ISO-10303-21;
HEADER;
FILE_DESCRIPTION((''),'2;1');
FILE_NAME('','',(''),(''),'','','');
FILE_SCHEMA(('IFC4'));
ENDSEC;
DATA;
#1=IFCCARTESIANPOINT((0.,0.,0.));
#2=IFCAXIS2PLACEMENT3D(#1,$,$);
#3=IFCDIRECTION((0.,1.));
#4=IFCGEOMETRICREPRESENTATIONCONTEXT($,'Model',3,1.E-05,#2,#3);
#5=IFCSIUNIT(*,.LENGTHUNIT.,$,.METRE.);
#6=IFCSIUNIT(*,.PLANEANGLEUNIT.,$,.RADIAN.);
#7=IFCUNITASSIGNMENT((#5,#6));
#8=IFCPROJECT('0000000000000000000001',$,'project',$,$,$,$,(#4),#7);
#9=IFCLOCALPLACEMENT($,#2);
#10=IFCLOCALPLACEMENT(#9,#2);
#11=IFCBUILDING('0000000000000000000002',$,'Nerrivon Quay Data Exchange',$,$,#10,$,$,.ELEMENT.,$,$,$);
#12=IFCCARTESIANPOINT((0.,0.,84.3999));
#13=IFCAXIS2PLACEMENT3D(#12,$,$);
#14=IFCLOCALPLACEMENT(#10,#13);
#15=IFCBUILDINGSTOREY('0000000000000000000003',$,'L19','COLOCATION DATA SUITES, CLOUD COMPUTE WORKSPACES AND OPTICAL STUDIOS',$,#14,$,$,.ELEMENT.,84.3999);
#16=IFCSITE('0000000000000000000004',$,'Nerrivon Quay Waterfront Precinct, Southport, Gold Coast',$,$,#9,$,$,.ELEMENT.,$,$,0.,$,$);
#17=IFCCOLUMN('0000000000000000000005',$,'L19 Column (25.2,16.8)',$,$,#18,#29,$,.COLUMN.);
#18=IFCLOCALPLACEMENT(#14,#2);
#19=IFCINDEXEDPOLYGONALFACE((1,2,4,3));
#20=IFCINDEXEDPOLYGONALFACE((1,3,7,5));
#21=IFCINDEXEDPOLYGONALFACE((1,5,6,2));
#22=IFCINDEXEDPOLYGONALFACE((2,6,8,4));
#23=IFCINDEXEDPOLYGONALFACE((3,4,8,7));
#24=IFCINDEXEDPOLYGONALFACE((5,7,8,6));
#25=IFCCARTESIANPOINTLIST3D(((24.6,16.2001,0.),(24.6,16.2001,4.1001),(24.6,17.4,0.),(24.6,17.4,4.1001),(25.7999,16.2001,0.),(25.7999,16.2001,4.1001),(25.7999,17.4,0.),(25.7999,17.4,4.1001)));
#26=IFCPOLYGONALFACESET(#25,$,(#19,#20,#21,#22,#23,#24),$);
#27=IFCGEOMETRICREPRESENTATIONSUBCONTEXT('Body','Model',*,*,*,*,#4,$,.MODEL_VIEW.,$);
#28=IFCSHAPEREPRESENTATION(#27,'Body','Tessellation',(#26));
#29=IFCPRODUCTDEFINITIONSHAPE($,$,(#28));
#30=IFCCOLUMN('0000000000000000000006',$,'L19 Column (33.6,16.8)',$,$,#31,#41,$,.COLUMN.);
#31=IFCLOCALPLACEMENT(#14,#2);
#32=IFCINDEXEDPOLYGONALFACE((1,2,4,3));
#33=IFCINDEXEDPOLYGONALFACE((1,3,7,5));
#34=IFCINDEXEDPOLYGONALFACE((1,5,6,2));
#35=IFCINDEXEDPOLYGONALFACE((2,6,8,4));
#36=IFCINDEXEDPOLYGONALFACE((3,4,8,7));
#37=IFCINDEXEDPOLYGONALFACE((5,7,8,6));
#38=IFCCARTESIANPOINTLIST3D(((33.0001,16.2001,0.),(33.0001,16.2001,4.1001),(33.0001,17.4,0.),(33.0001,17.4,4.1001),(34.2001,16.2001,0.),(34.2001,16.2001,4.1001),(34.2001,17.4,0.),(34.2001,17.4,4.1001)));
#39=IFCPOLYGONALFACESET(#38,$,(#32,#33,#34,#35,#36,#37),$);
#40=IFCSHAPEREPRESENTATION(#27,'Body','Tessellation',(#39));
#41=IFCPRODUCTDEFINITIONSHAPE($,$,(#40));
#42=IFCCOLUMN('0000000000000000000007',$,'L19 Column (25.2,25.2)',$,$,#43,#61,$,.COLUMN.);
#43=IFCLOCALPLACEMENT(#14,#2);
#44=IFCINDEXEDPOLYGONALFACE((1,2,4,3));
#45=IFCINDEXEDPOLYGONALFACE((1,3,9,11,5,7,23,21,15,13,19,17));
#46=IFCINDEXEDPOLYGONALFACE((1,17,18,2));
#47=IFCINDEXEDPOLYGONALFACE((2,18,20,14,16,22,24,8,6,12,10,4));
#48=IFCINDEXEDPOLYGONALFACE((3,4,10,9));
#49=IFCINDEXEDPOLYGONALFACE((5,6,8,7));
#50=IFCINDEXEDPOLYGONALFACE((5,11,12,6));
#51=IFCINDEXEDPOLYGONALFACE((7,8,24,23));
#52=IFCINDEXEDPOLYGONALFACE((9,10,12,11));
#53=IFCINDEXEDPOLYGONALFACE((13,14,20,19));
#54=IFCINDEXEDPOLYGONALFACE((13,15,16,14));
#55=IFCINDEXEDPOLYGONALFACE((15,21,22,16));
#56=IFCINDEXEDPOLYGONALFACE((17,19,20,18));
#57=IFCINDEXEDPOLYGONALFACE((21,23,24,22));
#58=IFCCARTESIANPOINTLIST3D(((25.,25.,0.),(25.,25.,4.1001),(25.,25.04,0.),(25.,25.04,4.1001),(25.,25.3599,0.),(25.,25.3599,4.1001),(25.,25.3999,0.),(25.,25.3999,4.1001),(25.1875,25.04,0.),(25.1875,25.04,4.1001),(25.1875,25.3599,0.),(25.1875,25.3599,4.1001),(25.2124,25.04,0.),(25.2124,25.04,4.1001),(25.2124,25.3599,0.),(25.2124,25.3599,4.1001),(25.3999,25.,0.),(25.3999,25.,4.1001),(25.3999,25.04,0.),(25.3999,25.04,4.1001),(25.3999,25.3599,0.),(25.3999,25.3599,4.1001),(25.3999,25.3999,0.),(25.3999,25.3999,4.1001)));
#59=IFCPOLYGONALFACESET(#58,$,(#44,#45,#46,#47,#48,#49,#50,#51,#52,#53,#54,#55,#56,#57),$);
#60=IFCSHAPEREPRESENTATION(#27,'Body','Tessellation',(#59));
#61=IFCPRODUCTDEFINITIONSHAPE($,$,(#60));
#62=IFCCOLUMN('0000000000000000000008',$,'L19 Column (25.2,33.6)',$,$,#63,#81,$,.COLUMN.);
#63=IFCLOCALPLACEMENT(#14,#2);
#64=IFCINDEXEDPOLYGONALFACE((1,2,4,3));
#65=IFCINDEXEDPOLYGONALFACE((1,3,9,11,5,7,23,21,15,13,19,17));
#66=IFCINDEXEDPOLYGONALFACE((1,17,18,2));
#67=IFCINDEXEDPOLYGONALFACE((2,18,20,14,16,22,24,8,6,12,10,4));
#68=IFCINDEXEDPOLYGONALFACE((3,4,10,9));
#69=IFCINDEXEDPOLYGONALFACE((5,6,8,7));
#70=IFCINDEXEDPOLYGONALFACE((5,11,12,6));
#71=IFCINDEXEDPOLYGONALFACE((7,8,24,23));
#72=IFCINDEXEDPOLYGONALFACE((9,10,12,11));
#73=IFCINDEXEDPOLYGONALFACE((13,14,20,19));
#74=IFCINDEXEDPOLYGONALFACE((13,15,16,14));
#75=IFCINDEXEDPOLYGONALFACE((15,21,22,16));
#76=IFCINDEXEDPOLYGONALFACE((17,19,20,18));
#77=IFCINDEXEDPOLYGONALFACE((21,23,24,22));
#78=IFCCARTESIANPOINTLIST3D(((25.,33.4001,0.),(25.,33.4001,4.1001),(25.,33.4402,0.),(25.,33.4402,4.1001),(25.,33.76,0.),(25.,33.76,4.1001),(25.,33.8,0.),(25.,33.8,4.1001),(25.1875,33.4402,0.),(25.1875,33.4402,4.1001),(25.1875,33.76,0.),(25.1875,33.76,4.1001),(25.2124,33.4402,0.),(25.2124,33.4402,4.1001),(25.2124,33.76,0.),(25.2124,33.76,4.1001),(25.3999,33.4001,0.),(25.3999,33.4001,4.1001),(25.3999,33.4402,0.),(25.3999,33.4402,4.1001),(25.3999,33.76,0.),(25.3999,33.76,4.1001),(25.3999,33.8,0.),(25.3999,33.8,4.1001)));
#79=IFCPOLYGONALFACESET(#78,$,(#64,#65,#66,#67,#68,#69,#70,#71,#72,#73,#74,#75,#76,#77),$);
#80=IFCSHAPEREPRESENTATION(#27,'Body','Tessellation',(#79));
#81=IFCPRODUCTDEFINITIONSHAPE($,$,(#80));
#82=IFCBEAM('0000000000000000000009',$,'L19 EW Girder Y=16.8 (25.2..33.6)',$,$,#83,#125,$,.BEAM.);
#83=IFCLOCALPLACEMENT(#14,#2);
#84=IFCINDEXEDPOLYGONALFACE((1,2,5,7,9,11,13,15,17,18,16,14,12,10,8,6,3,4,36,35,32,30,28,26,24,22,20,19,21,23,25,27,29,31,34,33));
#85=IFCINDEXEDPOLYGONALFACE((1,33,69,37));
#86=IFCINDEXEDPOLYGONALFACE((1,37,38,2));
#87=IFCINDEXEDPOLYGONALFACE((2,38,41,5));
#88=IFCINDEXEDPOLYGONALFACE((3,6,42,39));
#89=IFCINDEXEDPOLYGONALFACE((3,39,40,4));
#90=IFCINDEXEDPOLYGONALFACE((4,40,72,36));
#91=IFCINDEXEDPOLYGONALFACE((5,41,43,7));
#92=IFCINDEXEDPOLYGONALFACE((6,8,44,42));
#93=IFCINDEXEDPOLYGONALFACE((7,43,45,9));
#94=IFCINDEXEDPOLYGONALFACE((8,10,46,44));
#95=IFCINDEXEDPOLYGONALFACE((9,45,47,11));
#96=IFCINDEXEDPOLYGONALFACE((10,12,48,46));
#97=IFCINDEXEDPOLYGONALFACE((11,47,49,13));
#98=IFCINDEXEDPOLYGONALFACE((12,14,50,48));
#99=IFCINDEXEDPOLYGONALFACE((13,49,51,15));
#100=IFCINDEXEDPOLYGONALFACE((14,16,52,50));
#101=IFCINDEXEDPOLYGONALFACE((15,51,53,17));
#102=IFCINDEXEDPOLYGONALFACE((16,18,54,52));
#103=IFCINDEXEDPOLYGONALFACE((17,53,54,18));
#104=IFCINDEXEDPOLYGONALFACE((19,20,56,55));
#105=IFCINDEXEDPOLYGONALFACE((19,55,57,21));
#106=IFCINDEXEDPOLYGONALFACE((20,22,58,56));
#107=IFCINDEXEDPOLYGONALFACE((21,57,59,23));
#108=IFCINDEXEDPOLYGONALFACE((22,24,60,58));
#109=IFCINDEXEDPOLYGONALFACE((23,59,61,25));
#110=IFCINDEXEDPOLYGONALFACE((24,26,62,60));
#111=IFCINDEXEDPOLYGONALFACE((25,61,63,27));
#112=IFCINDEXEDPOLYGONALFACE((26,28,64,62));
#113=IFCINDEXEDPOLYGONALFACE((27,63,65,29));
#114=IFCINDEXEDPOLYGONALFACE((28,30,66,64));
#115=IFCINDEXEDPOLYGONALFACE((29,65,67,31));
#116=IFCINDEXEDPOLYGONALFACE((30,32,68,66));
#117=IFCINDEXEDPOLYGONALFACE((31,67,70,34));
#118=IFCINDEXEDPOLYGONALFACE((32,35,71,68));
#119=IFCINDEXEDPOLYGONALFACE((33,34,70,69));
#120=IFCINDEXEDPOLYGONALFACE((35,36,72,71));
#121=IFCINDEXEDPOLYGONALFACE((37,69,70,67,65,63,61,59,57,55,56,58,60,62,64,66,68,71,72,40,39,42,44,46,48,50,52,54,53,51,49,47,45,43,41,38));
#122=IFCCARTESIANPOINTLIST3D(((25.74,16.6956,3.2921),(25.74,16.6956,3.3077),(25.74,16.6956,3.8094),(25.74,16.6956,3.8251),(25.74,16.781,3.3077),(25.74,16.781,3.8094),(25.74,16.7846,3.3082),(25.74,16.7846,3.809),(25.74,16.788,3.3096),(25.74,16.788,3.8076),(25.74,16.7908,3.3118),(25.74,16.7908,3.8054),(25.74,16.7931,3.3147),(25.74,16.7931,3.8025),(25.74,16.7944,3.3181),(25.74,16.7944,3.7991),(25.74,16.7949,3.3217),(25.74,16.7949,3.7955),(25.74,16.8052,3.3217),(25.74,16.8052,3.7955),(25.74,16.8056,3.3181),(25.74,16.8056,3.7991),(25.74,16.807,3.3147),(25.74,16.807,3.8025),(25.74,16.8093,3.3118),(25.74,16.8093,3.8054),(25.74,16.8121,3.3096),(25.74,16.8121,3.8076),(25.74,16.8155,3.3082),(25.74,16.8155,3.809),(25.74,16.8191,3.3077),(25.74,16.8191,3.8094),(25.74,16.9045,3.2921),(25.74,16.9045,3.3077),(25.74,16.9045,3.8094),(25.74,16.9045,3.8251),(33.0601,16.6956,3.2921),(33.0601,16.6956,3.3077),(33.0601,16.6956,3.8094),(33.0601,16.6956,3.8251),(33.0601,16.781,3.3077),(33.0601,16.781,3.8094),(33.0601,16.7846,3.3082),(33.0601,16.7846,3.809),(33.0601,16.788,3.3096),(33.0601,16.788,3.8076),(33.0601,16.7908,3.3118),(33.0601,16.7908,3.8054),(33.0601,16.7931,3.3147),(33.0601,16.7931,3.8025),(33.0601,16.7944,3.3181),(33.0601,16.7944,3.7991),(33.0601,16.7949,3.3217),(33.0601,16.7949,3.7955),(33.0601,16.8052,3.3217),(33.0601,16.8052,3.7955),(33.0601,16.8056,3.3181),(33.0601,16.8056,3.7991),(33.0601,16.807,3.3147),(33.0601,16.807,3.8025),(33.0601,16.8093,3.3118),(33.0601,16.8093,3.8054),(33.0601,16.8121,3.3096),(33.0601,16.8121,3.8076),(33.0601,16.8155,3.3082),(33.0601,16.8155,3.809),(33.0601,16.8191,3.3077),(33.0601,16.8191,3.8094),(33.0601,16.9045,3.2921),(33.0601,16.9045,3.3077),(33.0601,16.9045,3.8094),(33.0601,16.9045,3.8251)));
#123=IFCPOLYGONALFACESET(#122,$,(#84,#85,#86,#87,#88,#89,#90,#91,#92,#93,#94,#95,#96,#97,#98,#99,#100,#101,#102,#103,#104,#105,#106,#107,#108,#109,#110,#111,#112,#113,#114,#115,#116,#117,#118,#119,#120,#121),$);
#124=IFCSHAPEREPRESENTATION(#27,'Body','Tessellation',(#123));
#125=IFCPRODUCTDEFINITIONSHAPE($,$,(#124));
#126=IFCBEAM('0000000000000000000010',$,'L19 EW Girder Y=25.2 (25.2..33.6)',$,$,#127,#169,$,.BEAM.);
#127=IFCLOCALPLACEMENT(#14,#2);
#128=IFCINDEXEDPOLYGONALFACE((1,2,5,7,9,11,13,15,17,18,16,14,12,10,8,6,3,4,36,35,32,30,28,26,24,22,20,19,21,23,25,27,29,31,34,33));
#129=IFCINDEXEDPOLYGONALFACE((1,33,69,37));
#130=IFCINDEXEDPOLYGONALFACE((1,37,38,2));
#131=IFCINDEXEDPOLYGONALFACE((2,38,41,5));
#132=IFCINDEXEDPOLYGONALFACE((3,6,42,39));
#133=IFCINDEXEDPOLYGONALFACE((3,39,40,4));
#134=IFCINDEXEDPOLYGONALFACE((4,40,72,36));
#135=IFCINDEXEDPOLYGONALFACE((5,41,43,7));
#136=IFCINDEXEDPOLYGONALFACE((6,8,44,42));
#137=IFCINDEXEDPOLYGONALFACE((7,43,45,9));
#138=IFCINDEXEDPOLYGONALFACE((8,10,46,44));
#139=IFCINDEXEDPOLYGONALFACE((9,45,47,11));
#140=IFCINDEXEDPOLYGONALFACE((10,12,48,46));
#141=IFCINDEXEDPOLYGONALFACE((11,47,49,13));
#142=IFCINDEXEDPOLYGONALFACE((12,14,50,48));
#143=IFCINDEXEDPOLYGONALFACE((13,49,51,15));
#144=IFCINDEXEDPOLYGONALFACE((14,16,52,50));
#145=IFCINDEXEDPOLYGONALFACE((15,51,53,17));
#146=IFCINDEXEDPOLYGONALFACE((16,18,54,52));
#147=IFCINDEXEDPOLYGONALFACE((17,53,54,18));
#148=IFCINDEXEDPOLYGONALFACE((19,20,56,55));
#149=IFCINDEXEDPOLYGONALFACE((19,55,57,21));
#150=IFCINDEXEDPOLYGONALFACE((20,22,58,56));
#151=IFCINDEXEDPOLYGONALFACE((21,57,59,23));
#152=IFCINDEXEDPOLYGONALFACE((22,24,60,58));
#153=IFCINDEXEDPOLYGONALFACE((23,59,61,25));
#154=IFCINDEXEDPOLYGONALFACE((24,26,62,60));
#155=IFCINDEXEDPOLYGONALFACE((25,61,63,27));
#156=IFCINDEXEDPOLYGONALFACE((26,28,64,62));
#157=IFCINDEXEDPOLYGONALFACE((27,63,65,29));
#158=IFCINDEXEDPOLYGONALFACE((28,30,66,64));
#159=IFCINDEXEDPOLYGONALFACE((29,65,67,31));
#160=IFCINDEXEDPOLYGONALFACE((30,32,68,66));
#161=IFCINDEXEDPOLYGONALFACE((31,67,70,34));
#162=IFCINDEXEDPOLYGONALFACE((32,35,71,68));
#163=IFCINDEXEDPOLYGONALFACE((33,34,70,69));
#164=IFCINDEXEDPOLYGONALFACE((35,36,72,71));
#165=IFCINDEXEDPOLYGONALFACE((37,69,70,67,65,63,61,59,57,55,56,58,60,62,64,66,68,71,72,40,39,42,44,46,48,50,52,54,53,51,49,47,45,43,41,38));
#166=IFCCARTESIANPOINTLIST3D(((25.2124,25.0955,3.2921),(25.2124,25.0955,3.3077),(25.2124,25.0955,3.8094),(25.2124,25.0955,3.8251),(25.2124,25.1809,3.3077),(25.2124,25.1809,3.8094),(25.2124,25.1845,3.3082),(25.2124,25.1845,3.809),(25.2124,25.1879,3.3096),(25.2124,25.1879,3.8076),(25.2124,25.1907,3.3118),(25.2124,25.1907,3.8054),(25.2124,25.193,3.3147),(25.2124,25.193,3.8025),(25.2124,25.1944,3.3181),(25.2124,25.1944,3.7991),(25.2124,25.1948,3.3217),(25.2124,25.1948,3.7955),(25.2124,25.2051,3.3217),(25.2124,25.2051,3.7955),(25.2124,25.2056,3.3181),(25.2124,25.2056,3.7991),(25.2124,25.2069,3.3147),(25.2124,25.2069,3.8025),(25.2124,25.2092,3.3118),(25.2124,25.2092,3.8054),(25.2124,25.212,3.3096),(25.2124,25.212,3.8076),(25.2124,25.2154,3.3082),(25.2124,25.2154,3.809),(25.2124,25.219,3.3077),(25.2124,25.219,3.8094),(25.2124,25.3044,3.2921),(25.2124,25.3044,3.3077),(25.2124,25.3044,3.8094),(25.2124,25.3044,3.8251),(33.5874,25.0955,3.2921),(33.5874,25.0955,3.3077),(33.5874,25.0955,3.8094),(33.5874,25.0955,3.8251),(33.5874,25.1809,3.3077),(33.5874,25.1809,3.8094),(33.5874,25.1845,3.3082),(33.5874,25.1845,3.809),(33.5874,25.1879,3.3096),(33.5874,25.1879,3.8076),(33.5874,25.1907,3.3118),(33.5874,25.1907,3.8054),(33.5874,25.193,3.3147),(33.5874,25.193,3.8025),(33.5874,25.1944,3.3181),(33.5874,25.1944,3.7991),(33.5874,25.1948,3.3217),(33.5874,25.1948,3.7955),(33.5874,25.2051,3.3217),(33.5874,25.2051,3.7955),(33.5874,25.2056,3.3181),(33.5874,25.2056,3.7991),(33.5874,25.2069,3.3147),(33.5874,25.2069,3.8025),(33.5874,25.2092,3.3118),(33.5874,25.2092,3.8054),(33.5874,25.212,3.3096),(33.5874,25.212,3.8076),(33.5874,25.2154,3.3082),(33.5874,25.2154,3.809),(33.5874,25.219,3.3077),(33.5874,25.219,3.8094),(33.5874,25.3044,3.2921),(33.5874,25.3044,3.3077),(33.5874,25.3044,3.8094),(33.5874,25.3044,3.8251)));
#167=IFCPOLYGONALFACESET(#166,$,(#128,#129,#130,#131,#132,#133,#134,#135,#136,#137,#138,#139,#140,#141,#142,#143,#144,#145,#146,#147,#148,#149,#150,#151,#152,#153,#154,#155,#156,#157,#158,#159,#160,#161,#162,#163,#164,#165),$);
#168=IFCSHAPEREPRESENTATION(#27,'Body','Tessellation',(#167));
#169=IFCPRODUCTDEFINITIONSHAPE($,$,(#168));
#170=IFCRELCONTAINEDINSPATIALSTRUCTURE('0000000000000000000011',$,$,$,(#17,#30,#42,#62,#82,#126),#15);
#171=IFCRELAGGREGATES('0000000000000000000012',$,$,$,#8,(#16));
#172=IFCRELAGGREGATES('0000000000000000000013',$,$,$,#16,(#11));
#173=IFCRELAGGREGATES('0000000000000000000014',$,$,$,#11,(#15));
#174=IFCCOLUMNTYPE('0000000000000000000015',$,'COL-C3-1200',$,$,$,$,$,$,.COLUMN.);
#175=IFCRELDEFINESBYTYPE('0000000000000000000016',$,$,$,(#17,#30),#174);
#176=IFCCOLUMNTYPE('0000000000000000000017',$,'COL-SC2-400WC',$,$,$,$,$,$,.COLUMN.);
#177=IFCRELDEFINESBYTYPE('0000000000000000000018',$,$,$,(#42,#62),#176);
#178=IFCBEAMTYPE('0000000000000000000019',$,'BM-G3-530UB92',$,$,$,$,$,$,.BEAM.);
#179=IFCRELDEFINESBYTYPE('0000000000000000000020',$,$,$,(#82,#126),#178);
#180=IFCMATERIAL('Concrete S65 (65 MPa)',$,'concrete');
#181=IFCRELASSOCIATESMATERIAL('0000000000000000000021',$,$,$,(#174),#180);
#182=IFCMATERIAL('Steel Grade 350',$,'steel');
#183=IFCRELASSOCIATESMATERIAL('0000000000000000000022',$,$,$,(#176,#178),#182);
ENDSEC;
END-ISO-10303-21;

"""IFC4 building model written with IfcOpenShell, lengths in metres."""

from ifc_helpers import new_model, si_unit, direction, frame, origin, origin_2d, place, context, subcontext, project, spatial, rectangle, i_section, extrude, material, material_profile, profile_set, type_object, element, save


model = new_model("IFC4")

# Units and contexts
model_context = context("Model", 3, precision=1e-05, world=origin(), true_north=direction((0.0, 1.0)))
body_context = subcontext(model_context, "Body", "Model", "MODEL_VIEW")
ifc_project = project(units=[si_unit("LENGTHUNIT", "METRE"), si_unit("PLANEANGLEUNIT", "RADIAN")], contexts=[model_context])

# Site, building, storey
site_placement = place(None, origin())
site = spatial("IfcSite", under=ifc_project, at=site_placement, Name="Nerrivon Quay Waterfront Precinct, Southport, Gold Coast", CompositionType="ELEMENT", RefElevation=0.0)
building_placement = place(site_placement, origin())
building = spatial("IfcBuilding", under=site, at=building_placement, Name="Nerrivon Quay Data Exchange", CompositionType="ELEMENT")
storey_placement = place(building_placement, frame((0.0, 0.0, 84.3999)))
storey = spatial("IfcBuildingStorey", under=building, at=storey_placement, Name="L19", Description="COLOCATION DATA SUITES, CLOUD COMPUTE WORKSPACES AND OPTICAL STUDIOS", CompositionType="ELEMENT", Elevation=84.3999)

# Columns
ifc_material_1 = material(Name="Concrete S65 (65 MPa)", Category="concrete")
ifc_material_profile_1 = material_profile(ifc_material_1, rectangle(XDim=1.2, YDim=1.2, at=origin_2d()), Name="RC-COL-1200x1200")
ifc_profile_set_1 = profile_set([ifc_material_profile_1], Name="Concrete S65 (65 MPa)")
column_type_1 = type_object("IfcColumnType", Name="COL-C3-1200", PredefinedType="COLUMN", material=ifc_profile_set_1)
for number, where, z_axis, x_axis, name in (
    (1, (25.2, 16.8, 0.0), (0.0, 0.0, 1.0), (1.0, 0.0, 0.0), "L19 Column (25.2,16.8)"),
    (2, (33.6001, 16.8, 0.0), (0.0, 0.0, 1.0), (1.0, 0.0, 0.0), "L19 Column (33.6,16.8)"),
):
    element("IfcColumn", number, at=place(storey_placement, frame(where, z_axis=z_axis, x_axis=x_axis)), inside=storey, type_object=column_type_1, Name=name, PredefinedType="COLUMN", context=body_context, shape_type="SweptSolid", body=[
        extrude(rectangle(XDim=1.2, YDim=1.2, at=origin_2d()), origin(), (0.0, 0.0, 1.0), 4.1001),
    ])
ifc_material_2 = material(Name="Steel Grade 350", Category="steel")
ifc_material_profile_2 = material_profile(ifc_material_2, i_section(OverallWidth=0.3999, OverallDepth=0.3999, WebThickness=0.0249, FlangeThickness=0.04, at=origin_2d()), Name="400WC328")
ifc_profile_set_2 = profile_set([ifc_material_profile_2], Name="Steel Grade 350")
column_type_2 = type_object("IfcColumnType", Name="COL-SC2-400WC", PredefinedType="COLUMN", material=ifc_profile_set_2)
for number, where, z_axis, x_axis, name in (
    (3, (25.2, 25.2, 0.0), (0.0, 0.0, 1.0), (1.0, 0.0, 0.0), "L19 Column (25.2,25.2)"),
    (4, (25.2, 33.6001, 0.0), (0.0, 0.0, 1.0), (1.0, 0.0, 0.0), "L19 Column (25.2,33.6)"),
):
    element("IfcColumn", number, at=place(storey_placement, frame(where, z_axis=z_axis, x_axis=x_axis)), inside=storey, type_object=column_type_2, Name=name, PredefinedType="COLUMN", context=body_context, shape_type="SweptSolid", body=[
        extrude(i_section(OverallWidth=0.3999, OverallDepth=0.3999, WebThickness=0.0249, FlangeThickness=0.04, at=origin_2d()), origin(), (0.0, 0.0, 1.0), 4.1001),
    ])

# Beams
ifc_material_profile_3 = material_profile(ifc_material_2, i_section(OverallWidth=0.209, OverallDepth=0.533, WebThickness=0.0103, FlangeThickness=0.0156, FilletRadius=0.0139, at=origin_2d()), Name="530UB92.4")
ifc_profile_set_3 = profile_set([ifc_material_profile_3], Name="Steel Grade 350")
beam_type_1 = type_object("IfcBeamType", Name="BM-G3-530UB92", PredefinedType="BEAM", material=ifc_profile_set_3)
beam_1_placement = place(storey_placement, frame((25.74, 16.8, 3.5586), z_axis=(1.0, 0.0, 0.0), x_axis=(0.0, 1.0, 0.0)))
element("IfcBeam", 5, at=beam_1_placement, inside=storey, type_object=beam_type_1, Name="L19 EW Girder Y=16.8 (25.2..33.6)", PredefinedType="BEAM", context=body_context, shape_type="SweptSolid", body=[
    extrude(i_section(OverallWidth=0.209, OverallDepth=0.533, WebThickness=0.0103, FlangeThickness=0.0156, FilletRadius=0.0139, at=origin_2d()), origin(), (0.0, 0.0, 1.0), 7.3201),
])
beam_2_placement = place(storey_placement, frame((25.2124, 25.2, 3.5586), z_axis=(1.0, 0.0, 0.0), x_axis=(0.0, 1.0, 0.0)))
element("IfcBeam", 6, at=beam_2_placement, inside=storey, type_object=beam_type_1, Name="L19 EW Girder Y=25.2 (25.2..33.6)", PredefinedType="BEAM", context=body_context, shape_type="SweptSolid", body=[
    extrude(i_section(OverallWidth=0.209, OverallDepth=0.533, WebThickness=0.0103, FlangeThickness=0.0156, FilletRadius=0.0139, at=origin_2d()), origin(), (0.0, 0.0, 1.0), 8.375),
])

save(model, "model.ifc")
